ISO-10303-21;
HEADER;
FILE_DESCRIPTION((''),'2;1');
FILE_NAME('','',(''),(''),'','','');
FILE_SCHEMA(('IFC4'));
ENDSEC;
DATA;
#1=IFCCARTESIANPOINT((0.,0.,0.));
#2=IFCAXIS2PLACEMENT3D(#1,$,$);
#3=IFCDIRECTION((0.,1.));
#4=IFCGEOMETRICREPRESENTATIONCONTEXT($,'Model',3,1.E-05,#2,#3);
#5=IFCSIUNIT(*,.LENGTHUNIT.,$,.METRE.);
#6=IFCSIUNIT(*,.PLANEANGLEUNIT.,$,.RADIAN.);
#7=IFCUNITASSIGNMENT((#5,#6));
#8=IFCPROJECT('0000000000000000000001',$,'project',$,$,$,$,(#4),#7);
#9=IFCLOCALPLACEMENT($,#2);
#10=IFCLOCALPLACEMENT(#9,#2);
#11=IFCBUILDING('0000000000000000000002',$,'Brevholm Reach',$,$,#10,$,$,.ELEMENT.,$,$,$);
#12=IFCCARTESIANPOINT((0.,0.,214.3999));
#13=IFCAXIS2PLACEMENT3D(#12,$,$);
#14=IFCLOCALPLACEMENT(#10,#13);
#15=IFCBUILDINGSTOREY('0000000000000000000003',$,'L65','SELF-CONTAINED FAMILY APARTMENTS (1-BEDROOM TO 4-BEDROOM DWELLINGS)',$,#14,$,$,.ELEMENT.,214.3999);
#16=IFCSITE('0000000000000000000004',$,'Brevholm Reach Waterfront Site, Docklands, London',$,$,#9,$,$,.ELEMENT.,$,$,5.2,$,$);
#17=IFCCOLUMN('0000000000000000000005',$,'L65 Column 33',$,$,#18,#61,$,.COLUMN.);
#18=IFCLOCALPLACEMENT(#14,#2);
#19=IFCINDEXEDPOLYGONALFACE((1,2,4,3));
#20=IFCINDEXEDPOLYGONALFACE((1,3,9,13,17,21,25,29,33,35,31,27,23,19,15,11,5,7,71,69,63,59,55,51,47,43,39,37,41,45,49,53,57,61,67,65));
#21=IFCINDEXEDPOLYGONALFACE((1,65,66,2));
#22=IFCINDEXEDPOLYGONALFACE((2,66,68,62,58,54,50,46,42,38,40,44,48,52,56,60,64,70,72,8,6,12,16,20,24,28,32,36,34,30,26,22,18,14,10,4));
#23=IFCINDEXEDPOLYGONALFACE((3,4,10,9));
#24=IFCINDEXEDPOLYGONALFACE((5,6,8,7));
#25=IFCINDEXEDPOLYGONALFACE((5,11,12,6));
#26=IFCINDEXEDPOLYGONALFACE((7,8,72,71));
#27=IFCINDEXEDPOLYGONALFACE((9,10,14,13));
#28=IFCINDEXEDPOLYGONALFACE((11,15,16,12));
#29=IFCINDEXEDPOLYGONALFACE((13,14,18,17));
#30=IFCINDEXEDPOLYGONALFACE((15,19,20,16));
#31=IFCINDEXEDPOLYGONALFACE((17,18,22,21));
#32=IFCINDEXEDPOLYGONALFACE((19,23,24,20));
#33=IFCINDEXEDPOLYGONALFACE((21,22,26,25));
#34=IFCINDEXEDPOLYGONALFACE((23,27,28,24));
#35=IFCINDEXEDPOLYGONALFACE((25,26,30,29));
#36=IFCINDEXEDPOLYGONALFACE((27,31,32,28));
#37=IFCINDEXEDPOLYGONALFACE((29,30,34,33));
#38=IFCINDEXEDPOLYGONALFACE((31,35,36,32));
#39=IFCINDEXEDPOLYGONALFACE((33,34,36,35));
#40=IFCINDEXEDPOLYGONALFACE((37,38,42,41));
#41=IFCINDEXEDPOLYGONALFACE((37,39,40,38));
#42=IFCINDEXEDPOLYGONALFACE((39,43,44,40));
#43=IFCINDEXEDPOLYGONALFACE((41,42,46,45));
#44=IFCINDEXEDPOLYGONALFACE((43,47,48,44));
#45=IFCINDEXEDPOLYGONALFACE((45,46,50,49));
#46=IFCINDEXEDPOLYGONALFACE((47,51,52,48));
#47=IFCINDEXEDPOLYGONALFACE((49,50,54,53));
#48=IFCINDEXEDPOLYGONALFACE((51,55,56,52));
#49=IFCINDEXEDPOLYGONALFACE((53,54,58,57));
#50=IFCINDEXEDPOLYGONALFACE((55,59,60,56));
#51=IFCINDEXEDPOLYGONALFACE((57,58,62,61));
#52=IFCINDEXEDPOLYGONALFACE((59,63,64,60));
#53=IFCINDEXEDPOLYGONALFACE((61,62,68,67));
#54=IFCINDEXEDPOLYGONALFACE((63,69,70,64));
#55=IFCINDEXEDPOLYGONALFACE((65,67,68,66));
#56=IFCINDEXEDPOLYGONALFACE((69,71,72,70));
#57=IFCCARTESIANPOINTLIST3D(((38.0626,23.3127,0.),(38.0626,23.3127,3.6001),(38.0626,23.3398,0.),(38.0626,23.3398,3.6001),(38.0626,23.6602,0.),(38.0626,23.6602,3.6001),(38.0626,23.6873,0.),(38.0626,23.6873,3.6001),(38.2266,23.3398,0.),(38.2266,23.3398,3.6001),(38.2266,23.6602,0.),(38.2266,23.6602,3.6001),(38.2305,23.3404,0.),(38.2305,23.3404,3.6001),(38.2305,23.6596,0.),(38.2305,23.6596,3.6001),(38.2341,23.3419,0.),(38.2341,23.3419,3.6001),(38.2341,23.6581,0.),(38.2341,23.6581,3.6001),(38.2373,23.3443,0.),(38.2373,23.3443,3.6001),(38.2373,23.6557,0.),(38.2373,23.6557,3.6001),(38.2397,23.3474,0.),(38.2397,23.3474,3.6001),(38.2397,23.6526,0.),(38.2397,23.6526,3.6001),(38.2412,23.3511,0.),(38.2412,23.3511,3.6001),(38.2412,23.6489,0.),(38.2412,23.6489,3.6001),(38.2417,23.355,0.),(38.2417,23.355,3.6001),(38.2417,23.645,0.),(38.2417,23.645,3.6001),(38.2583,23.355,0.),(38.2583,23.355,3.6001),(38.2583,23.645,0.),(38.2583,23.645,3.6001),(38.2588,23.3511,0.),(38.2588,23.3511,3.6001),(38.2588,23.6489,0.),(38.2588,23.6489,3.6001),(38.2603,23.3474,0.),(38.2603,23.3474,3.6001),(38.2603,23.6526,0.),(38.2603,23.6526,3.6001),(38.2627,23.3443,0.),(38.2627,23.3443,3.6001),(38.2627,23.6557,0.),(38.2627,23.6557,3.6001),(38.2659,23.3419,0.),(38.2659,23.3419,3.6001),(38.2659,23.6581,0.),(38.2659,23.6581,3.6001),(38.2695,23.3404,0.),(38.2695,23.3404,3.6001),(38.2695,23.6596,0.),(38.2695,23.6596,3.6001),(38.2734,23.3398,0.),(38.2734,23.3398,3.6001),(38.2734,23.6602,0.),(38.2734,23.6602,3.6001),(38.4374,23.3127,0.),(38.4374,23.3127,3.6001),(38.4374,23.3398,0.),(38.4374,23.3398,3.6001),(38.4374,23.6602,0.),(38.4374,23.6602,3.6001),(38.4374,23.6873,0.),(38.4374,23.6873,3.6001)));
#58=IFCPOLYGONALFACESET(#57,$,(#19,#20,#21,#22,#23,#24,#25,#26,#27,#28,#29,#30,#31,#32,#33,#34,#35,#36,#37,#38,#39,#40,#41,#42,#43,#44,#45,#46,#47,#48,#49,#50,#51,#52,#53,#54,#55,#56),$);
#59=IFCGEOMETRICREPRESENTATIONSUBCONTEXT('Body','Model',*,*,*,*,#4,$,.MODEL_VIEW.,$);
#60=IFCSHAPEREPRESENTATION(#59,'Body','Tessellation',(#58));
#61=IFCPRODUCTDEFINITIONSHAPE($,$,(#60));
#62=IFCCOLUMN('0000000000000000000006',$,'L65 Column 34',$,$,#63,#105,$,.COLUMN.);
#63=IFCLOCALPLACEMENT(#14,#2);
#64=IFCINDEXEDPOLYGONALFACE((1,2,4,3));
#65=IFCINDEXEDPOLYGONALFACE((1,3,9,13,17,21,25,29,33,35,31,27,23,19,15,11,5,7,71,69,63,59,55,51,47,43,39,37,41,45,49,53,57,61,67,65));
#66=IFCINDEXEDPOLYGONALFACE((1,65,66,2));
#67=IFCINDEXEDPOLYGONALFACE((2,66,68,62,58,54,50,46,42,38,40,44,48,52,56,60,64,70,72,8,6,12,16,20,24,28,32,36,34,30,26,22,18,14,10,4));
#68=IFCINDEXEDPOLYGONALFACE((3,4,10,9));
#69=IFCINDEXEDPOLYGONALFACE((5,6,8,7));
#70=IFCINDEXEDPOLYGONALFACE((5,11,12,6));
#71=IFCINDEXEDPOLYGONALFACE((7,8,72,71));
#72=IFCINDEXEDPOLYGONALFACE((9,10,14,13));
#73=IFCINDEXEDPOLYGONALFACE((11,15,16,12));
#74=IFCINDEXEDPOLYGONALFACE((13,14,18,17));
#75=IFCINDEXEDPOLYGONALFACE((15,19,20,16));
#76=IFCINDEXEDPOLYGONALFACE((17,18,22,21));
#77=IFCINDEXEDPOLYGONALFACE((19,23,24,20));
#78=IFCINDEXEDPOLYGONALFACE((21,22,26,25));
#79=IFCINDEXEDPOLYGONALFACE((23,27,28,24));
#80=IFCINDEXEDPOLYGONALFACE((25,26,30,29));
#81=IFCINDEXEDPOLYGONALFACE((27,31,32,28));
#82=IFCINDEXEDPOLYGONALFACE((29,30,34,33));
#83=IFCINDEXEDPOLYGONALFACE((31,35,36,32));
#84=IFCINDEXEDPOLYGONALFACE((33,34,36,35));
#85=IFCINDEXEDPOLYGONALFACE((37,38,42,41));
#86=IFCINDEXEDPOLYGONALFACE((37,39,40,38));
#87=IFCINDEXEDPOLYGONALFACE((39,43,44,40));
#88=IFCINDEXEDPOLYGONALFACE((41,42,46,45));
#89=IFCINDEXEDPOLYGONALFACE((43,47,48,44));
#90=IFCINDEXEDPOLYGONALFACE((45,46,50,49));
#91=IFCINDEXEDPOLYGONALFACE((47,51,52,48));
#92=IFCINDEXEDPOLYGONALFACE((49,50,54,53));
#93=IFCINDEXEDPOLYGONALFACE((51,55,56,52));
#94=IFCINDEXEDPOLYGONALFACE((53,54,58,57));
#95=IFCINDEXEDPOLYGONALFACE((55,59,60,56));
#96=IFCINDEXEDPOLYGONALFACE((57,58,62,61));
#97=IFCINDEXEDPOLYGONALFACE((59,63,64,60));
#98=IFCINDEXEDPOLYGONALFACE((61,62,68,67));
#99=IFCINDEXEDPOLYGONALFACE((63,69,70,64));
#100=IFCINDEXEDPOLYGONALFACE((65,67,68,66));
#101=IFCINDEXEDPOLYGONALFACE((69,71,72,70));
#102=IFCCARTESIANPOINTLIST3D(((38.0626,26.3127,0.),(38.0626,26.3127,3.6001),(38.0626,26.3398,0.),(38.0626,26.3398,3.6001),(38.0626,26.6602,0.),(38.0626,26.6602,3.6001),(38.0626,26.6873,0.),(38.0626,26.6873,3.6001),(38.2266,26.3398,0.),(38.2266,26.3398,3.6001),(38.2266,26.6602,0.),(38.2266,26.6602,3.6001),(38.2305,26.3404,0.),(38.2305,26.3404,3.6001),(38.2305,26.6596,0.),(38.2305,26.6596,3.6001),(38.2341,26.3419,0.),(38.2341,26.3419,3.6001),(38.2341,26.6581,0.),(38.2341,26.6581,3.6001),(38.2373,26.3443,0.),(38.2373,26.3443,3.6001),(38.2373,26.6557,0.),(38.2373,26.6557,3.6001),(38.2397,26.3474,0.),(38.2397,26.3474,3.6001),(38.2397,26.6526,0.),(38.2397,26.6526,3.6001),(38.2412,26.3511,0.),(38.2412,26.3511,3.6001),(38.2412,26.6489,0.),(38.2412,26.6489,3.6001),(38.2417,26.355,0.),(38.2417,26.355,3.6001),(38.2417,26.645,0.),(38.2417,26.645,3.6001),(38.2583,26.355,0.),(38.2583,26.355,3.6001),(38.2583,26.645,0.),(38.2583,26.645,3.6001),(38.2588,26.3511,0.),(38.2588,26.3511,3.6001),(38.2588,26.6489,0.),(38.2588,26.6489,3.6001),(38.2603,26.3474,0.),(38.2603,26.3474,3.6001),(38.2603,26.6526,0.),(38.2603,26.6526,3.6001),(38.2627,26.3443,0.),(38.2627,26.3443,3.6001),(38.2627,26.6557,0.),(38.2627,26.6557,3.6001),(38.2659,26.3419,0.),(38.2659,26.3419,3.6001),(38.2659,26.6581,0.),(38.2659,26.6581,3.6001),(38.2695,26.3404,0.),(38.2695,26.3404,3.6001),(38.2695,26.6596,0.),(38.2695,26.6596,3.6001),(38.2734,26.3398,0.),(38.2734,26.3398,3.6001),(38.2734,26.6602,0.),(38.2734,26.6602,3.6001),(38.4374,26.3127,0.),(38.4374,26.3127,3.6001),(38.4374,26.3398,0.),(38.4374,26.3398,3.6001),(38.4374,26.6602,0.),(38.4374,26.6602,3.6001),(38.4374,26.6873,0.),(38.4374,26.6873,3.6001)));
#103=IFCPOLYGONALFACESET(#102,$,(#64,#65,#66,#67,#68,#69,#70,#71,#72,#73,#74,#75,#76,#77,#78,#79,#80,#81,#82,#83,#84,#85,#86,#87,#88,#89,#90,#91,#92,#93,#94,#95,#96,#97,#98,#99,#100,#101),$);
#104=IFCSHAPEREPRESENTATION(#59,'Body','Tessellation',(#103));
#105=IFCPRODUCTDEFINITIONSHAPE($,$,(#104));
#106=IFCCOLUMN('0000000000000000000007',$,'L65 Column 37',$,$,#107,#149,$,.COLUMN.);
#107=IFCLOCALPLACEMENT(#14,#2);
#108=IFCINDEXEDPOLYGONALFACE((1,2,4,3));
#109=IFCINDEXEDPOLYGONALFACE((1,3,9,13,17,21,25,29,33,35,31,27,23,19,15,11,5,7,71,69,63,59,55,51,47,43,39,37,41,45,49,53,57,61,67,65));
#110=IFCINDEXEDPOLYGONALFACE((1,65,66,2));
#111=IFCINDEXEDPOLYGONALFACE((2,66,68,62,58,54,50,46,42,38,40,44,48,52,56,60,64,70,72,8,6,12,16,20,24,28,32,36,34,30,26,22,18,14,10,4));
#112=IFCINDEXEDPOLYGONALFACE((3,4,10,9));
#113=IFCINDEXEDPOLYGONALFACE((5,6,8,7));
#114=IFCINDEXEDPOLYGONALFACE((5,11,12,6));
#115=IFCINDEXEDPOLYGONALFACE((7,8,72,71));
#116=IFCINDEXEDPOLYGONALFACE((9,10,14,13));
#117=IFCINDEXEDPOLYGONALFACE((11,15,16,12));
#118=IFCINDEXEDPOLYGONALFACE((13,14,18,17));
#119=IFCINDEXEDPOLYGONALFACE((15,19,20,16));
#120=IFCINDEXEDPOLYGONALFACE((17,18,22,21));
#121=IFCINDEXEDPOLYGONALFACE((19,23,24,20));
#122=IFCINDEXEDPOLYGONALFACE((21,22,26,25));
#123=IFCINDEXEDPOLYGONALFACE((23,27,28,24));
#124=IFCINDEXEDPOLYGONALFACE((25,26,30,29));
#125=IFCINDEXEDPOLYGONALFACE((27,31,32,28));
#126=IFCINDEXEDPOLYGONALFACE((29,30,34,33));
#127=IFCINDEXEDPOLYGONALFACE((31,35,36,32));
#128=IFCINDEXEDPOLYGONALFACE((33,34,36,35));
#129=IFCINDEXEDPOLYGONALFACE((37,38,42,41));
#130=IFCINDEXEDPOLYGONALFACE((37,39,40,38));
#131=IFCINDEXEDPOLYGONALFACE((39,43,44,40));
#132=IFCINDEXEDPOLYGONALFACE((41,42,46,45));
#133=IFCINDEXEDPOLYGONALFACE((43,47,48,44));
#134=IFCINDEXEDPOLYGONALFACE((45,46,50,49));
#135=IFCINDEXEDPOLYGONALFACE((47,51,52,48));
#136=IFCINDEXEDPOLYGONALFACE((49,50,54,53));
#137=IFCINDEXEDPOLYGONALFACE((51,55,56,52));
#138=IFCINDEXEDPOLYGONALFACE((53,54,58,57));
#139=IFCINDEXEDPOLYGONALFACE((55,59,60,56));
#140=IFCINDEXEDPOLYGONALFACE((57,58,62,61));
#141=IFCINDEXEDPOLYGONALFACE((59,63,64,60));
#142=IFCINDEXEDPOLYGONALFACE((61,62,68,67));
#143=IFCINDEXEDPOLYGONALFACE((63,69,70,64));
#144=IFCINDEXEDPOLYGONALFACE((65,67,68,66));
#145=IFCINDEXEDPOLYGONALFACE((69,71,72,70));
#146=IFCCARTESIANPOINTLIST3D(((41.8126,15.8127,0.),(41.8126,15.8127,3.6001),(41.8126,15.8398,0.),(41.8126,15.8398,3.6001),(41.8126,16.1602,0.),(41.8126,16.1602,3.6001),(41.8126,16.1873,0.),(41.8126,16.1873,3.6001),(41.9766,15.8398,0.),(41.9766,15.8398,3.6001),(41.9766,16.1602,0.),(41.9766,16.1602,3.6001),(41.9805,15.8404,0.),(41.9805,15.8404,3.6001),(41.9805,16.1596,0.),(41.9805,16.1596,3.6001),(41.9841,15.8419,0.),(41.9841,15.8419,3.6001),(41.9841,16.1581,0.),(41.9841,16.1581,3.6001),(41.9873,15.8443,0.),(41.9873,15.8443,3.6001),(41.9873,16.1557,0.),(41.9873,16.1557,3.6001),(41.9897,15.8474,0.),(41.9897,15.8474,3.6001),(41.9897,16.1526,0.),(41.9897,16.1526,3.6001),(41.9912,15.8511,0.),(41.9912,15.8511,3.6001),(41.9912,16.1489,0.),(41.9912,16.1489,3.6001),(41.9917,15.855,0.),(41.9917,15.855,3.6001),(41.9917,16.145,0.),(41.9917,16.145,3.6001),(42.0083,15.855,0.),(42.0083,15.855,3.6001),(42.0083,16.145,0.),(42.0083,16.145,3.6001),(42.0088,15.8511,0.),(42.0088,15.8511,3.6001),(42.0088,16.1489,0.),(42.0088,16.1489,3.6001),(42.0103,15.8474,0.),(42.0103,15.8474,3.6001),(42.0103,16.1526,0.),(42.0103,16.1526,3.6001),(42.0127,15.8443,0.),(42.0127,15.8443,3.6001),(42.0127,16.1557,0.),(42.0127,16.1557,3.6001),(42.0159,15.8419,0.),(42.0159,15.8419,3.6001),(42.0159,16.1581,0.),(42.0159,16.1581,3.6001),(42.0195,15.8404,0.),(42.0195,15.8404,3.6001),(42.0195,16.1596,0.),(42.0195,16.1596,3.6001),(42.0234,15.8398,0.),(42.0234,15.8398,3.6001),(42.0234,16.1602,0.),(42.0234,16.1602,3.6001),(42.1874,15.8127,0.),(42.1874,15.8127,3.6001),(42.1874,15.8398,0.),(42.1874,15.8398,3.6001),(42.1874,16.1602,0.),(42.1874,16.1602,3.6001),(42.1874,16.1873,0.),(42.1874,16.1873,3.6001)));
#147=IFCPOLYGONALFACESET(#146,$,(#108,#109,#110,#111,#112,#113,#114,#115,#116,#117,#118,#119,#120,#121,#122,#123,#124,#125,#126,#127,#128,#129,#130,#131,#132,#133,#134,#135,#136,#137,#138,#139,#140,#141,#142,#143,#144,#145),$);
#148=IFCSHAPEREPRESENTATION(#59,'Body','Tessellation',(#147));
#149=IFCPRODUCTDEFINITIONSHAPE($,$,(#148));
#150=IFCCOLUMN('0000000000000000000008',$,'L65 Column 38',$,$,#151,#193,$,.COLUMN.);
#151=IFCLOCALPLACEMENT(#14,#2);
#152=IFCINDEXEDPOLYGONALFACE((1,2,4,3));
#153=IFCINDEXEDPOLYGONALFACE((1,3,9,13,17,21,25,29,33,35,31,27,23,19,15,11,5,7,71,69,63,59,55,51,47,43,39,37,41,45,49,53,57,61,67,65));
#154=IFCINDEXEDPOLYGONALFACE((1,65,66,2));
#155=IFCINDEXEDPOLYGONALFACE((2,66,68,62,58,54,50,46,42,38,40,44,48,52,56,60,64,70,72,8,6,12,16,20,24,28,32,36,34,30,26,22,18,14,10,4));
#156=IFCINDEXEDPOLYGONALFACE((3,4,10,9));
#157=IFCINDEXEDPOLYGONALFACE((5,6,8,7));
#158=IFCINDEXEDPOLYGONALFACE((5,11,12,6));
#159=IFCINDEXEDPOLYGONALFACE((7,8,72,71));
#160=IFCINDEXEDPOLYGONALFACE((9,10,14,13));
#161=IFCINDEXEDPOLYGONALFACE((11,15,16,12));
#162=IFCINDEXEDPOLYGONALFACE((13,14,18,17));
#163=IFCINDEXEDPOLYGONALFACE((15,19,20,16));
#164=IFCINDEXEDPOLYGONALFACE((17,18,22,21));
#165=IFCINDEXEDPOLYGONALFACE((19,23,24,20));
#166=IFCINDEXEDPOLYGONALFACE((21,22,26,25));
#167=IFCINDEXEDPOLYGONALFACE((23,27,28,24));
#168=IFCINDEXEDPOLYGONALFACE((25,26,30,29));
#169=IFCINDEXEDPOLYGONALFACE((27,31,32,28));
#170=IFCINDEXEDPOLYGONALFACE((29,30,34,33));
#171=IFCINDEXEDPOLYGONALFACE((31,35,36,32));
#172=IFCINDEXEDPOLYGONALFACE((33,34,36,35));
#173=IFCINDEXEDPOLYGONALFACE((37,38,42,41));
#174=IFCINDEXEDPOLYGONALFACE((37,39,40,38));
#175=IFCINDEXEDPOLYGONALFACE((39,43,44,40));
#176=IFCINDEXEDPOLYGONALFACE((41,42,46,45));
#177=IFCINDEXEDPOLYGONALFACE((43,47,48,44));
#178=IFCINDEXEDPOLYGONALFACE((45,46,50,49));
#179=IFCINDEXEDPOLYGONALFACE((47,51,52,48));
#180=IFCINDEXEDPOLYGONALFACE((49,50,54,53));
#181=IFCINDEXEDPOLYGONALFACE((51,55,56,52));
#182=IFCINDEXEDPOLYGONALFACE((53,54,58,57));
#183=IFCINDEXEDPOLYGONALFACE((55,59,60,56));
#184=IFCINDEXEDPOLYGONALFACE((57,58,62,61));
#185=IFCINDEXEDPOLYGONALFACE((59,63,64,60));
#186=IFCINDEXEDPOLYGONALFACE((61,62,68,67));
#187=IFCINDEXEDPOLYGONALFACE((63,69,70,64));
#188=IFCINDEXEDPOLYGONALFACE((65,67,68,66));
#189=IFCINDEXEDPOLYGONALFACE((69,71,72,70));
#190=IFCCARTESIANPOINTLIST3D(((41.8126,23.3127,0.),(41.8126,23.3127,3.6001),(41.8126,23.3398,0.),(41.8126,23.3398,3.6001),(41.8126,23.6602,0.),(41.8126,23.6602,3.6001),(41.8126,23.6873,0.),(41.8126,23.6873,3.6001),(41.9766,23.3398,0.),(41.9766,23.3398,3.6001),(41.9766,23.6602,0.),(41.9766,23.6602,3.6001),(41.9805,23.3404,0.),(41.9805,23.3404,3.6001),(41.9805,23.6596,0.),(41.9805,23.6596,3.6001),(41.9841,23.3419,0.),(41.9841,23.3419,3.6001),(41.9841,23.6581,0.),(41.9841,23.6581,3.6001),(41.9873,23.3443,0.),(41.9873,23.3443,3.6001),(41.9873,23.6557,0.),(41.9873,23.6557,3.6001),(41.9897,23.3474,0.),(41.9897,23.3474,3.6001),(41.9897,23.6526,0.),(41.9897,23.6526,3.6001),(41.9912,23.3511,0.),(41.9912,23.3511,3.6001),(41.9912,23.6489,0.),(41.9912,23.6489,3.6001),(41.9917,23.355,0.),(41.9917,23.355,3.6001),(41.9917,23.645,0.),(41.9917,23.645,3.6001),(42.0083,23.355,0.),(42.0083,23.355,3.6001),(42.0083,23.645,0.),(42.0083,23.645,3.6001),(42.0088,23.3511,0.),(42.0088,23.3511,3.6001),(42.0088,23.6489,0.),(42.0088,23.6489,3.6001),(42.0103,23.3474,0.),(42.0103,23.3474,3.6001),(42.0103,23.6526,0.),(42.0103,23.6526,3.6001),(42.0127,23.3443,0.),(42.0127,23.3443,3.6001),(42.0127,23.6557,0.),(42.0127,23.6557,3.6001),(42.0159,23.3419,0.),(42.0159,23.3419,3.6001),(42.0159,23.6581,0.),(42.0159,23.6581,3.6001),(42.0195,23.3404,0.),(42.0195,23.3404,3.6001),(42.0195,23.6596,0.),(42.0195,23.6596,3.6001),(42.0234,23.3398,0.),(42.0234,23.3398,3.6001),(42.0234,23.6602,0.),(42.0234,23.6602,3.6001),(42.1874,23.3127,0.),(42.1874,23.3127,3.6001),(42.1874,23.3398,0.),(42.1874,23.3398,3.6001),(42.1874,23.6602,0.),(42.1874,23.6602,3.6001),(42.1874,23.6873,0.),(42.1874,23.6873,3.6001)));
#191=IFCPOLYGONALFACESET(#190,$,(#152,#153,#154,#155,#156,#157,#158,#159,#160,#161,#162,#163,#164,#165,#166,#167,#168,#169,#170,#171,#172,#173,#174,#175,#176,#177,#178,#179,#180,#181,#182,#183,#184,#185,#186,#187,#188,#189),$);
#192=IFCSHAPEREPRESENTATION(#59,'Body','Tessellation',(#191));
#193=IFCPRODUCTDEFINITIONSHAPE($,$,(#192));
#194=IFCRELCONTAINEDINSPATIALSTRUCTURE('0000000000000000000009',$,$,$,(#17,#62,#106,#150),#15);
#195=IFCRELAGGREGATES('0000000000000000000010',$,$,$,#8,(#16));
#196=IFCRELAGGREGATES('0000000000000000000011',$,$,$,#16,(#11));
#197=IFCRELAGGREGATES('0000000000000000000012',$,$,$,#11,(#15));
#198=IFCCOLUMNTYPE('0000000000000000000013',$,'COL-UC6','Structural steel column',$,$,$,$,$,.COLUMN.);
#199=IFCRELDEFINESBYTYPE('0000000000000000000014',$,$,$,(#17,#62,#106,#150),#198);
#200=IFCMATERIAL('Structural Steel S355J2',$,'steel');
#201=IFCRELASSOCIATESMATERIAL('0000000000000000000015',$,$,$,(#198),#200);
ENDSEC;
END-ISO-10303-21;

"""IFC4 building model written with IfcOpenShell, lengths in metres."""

from ifc_helpers import new_model, si_unit, direction, frame, origin, origin_2d, place, context, subcontext, project, spatial, i_section, extrude, material, material_profile, profile_set, type_object, element, save


model = new_model("IFC4")

# Units and contexts
model_context = context("Model", 3, precision=1e-05, world=origin(), true_north=direction((0.0, 1.0)))
body_context = subcontext(model_context, "Body", "Model", "MODEL_VIEW")
ifc_project = project(units=[si_unit("LENGTHUNIT", "METRE"), si_unit("PLANEANGLEUNIT", "RADIAN")], contexts=[model_context])

# Site, building, storey
site_placement = place(None, origin())
site = spatial("IfcSite", under=ifc_project, at=site_placement, Name="Brevholm Reach Waterfront Site, Docklands, London", CompositionType="ELEMENT", RefElevation=5.2)
building_placement = place(site_placement, origin())
building = spatial("IfcBuilding", under=site, at=building_placement, Name="Brevholm Reach", CompositionType="ELEMENT")
storey_placement = place(building_placement, frame((0.0, 0.0, 214.3999)))
storey = spatial("IfcBuildingStorey", under=building, at=storey_placement, Name="L65", Description="SELF-CONTAINED FAMILY APARTMENTS (1-BEDROOM TO 4-BEDROOM DWELLINGS)", CompositionType="ELEMENT", Elevation=214.3999)

# Columns
ifc_material_1 = material(Name="Structural Steel S355J2", Category="steel")
ifc_material_profile_1 = material_profile(ifc_material_1, i_section(OverallWidth=0.3748, OverallDepth=0.3745, WebThickness=0.0166, FlangeThickness=0.0271, FilletRadius=0.0151, at=origin_2d()), Name="UKC 356x368x202")
ifc_profile_set_1 = profile_set([ifc_material_profile_1], Name="Structural Steel S355J2")
column_type = type_object("IfcColumnType", Name="COL-UC6", Description="Structural steel column", PredefinedType="COLUMN", material=ifc_profile_set_1)
for number, where, z_axis, x_axis, name in (
    (1, (38.25, 23.5, 0.0), (0.0, 0.0, 1.0), (1.0, 0.0, 0.0), "L65 Column 33"),
    (2, (38.25, 26.5, 0.0), (0.0, 0.0, 1.0), (1.0, 0.0, 0.0), "L65 Column 34"),
    (3, (42.0, 16.0, 0.0), (0.0, 0.0, 1.0), (1.0, 0.0, 0.0), "L65 Column 37"),
    (4, (42.0, 23.5, 0.0), (0.0, 0.0, 1.0), (1.0, 0.0, 0.0), "L65 Column 38"),
):
    element("IfcColumn", number, at=place(storey_placement, frame(where, z_axis=z_axis, x_axis=x_axis)), inside=storey, type_object=column_type, Name=name, PredefinedType="COLUMN", context=body_context, shape_type="SweptSolid", body=[
        extrude(i_section(OverallWidth=0.3748, OverallDepth=0.3745, WebThickness=0.0166, FlangeThickness=0.0271, FilletRadius=0.0151, at=origin_2d()), origin(), (0.0, 0.0, 1.0), 3.6001),
    ])

save(model, "model.ifc")
